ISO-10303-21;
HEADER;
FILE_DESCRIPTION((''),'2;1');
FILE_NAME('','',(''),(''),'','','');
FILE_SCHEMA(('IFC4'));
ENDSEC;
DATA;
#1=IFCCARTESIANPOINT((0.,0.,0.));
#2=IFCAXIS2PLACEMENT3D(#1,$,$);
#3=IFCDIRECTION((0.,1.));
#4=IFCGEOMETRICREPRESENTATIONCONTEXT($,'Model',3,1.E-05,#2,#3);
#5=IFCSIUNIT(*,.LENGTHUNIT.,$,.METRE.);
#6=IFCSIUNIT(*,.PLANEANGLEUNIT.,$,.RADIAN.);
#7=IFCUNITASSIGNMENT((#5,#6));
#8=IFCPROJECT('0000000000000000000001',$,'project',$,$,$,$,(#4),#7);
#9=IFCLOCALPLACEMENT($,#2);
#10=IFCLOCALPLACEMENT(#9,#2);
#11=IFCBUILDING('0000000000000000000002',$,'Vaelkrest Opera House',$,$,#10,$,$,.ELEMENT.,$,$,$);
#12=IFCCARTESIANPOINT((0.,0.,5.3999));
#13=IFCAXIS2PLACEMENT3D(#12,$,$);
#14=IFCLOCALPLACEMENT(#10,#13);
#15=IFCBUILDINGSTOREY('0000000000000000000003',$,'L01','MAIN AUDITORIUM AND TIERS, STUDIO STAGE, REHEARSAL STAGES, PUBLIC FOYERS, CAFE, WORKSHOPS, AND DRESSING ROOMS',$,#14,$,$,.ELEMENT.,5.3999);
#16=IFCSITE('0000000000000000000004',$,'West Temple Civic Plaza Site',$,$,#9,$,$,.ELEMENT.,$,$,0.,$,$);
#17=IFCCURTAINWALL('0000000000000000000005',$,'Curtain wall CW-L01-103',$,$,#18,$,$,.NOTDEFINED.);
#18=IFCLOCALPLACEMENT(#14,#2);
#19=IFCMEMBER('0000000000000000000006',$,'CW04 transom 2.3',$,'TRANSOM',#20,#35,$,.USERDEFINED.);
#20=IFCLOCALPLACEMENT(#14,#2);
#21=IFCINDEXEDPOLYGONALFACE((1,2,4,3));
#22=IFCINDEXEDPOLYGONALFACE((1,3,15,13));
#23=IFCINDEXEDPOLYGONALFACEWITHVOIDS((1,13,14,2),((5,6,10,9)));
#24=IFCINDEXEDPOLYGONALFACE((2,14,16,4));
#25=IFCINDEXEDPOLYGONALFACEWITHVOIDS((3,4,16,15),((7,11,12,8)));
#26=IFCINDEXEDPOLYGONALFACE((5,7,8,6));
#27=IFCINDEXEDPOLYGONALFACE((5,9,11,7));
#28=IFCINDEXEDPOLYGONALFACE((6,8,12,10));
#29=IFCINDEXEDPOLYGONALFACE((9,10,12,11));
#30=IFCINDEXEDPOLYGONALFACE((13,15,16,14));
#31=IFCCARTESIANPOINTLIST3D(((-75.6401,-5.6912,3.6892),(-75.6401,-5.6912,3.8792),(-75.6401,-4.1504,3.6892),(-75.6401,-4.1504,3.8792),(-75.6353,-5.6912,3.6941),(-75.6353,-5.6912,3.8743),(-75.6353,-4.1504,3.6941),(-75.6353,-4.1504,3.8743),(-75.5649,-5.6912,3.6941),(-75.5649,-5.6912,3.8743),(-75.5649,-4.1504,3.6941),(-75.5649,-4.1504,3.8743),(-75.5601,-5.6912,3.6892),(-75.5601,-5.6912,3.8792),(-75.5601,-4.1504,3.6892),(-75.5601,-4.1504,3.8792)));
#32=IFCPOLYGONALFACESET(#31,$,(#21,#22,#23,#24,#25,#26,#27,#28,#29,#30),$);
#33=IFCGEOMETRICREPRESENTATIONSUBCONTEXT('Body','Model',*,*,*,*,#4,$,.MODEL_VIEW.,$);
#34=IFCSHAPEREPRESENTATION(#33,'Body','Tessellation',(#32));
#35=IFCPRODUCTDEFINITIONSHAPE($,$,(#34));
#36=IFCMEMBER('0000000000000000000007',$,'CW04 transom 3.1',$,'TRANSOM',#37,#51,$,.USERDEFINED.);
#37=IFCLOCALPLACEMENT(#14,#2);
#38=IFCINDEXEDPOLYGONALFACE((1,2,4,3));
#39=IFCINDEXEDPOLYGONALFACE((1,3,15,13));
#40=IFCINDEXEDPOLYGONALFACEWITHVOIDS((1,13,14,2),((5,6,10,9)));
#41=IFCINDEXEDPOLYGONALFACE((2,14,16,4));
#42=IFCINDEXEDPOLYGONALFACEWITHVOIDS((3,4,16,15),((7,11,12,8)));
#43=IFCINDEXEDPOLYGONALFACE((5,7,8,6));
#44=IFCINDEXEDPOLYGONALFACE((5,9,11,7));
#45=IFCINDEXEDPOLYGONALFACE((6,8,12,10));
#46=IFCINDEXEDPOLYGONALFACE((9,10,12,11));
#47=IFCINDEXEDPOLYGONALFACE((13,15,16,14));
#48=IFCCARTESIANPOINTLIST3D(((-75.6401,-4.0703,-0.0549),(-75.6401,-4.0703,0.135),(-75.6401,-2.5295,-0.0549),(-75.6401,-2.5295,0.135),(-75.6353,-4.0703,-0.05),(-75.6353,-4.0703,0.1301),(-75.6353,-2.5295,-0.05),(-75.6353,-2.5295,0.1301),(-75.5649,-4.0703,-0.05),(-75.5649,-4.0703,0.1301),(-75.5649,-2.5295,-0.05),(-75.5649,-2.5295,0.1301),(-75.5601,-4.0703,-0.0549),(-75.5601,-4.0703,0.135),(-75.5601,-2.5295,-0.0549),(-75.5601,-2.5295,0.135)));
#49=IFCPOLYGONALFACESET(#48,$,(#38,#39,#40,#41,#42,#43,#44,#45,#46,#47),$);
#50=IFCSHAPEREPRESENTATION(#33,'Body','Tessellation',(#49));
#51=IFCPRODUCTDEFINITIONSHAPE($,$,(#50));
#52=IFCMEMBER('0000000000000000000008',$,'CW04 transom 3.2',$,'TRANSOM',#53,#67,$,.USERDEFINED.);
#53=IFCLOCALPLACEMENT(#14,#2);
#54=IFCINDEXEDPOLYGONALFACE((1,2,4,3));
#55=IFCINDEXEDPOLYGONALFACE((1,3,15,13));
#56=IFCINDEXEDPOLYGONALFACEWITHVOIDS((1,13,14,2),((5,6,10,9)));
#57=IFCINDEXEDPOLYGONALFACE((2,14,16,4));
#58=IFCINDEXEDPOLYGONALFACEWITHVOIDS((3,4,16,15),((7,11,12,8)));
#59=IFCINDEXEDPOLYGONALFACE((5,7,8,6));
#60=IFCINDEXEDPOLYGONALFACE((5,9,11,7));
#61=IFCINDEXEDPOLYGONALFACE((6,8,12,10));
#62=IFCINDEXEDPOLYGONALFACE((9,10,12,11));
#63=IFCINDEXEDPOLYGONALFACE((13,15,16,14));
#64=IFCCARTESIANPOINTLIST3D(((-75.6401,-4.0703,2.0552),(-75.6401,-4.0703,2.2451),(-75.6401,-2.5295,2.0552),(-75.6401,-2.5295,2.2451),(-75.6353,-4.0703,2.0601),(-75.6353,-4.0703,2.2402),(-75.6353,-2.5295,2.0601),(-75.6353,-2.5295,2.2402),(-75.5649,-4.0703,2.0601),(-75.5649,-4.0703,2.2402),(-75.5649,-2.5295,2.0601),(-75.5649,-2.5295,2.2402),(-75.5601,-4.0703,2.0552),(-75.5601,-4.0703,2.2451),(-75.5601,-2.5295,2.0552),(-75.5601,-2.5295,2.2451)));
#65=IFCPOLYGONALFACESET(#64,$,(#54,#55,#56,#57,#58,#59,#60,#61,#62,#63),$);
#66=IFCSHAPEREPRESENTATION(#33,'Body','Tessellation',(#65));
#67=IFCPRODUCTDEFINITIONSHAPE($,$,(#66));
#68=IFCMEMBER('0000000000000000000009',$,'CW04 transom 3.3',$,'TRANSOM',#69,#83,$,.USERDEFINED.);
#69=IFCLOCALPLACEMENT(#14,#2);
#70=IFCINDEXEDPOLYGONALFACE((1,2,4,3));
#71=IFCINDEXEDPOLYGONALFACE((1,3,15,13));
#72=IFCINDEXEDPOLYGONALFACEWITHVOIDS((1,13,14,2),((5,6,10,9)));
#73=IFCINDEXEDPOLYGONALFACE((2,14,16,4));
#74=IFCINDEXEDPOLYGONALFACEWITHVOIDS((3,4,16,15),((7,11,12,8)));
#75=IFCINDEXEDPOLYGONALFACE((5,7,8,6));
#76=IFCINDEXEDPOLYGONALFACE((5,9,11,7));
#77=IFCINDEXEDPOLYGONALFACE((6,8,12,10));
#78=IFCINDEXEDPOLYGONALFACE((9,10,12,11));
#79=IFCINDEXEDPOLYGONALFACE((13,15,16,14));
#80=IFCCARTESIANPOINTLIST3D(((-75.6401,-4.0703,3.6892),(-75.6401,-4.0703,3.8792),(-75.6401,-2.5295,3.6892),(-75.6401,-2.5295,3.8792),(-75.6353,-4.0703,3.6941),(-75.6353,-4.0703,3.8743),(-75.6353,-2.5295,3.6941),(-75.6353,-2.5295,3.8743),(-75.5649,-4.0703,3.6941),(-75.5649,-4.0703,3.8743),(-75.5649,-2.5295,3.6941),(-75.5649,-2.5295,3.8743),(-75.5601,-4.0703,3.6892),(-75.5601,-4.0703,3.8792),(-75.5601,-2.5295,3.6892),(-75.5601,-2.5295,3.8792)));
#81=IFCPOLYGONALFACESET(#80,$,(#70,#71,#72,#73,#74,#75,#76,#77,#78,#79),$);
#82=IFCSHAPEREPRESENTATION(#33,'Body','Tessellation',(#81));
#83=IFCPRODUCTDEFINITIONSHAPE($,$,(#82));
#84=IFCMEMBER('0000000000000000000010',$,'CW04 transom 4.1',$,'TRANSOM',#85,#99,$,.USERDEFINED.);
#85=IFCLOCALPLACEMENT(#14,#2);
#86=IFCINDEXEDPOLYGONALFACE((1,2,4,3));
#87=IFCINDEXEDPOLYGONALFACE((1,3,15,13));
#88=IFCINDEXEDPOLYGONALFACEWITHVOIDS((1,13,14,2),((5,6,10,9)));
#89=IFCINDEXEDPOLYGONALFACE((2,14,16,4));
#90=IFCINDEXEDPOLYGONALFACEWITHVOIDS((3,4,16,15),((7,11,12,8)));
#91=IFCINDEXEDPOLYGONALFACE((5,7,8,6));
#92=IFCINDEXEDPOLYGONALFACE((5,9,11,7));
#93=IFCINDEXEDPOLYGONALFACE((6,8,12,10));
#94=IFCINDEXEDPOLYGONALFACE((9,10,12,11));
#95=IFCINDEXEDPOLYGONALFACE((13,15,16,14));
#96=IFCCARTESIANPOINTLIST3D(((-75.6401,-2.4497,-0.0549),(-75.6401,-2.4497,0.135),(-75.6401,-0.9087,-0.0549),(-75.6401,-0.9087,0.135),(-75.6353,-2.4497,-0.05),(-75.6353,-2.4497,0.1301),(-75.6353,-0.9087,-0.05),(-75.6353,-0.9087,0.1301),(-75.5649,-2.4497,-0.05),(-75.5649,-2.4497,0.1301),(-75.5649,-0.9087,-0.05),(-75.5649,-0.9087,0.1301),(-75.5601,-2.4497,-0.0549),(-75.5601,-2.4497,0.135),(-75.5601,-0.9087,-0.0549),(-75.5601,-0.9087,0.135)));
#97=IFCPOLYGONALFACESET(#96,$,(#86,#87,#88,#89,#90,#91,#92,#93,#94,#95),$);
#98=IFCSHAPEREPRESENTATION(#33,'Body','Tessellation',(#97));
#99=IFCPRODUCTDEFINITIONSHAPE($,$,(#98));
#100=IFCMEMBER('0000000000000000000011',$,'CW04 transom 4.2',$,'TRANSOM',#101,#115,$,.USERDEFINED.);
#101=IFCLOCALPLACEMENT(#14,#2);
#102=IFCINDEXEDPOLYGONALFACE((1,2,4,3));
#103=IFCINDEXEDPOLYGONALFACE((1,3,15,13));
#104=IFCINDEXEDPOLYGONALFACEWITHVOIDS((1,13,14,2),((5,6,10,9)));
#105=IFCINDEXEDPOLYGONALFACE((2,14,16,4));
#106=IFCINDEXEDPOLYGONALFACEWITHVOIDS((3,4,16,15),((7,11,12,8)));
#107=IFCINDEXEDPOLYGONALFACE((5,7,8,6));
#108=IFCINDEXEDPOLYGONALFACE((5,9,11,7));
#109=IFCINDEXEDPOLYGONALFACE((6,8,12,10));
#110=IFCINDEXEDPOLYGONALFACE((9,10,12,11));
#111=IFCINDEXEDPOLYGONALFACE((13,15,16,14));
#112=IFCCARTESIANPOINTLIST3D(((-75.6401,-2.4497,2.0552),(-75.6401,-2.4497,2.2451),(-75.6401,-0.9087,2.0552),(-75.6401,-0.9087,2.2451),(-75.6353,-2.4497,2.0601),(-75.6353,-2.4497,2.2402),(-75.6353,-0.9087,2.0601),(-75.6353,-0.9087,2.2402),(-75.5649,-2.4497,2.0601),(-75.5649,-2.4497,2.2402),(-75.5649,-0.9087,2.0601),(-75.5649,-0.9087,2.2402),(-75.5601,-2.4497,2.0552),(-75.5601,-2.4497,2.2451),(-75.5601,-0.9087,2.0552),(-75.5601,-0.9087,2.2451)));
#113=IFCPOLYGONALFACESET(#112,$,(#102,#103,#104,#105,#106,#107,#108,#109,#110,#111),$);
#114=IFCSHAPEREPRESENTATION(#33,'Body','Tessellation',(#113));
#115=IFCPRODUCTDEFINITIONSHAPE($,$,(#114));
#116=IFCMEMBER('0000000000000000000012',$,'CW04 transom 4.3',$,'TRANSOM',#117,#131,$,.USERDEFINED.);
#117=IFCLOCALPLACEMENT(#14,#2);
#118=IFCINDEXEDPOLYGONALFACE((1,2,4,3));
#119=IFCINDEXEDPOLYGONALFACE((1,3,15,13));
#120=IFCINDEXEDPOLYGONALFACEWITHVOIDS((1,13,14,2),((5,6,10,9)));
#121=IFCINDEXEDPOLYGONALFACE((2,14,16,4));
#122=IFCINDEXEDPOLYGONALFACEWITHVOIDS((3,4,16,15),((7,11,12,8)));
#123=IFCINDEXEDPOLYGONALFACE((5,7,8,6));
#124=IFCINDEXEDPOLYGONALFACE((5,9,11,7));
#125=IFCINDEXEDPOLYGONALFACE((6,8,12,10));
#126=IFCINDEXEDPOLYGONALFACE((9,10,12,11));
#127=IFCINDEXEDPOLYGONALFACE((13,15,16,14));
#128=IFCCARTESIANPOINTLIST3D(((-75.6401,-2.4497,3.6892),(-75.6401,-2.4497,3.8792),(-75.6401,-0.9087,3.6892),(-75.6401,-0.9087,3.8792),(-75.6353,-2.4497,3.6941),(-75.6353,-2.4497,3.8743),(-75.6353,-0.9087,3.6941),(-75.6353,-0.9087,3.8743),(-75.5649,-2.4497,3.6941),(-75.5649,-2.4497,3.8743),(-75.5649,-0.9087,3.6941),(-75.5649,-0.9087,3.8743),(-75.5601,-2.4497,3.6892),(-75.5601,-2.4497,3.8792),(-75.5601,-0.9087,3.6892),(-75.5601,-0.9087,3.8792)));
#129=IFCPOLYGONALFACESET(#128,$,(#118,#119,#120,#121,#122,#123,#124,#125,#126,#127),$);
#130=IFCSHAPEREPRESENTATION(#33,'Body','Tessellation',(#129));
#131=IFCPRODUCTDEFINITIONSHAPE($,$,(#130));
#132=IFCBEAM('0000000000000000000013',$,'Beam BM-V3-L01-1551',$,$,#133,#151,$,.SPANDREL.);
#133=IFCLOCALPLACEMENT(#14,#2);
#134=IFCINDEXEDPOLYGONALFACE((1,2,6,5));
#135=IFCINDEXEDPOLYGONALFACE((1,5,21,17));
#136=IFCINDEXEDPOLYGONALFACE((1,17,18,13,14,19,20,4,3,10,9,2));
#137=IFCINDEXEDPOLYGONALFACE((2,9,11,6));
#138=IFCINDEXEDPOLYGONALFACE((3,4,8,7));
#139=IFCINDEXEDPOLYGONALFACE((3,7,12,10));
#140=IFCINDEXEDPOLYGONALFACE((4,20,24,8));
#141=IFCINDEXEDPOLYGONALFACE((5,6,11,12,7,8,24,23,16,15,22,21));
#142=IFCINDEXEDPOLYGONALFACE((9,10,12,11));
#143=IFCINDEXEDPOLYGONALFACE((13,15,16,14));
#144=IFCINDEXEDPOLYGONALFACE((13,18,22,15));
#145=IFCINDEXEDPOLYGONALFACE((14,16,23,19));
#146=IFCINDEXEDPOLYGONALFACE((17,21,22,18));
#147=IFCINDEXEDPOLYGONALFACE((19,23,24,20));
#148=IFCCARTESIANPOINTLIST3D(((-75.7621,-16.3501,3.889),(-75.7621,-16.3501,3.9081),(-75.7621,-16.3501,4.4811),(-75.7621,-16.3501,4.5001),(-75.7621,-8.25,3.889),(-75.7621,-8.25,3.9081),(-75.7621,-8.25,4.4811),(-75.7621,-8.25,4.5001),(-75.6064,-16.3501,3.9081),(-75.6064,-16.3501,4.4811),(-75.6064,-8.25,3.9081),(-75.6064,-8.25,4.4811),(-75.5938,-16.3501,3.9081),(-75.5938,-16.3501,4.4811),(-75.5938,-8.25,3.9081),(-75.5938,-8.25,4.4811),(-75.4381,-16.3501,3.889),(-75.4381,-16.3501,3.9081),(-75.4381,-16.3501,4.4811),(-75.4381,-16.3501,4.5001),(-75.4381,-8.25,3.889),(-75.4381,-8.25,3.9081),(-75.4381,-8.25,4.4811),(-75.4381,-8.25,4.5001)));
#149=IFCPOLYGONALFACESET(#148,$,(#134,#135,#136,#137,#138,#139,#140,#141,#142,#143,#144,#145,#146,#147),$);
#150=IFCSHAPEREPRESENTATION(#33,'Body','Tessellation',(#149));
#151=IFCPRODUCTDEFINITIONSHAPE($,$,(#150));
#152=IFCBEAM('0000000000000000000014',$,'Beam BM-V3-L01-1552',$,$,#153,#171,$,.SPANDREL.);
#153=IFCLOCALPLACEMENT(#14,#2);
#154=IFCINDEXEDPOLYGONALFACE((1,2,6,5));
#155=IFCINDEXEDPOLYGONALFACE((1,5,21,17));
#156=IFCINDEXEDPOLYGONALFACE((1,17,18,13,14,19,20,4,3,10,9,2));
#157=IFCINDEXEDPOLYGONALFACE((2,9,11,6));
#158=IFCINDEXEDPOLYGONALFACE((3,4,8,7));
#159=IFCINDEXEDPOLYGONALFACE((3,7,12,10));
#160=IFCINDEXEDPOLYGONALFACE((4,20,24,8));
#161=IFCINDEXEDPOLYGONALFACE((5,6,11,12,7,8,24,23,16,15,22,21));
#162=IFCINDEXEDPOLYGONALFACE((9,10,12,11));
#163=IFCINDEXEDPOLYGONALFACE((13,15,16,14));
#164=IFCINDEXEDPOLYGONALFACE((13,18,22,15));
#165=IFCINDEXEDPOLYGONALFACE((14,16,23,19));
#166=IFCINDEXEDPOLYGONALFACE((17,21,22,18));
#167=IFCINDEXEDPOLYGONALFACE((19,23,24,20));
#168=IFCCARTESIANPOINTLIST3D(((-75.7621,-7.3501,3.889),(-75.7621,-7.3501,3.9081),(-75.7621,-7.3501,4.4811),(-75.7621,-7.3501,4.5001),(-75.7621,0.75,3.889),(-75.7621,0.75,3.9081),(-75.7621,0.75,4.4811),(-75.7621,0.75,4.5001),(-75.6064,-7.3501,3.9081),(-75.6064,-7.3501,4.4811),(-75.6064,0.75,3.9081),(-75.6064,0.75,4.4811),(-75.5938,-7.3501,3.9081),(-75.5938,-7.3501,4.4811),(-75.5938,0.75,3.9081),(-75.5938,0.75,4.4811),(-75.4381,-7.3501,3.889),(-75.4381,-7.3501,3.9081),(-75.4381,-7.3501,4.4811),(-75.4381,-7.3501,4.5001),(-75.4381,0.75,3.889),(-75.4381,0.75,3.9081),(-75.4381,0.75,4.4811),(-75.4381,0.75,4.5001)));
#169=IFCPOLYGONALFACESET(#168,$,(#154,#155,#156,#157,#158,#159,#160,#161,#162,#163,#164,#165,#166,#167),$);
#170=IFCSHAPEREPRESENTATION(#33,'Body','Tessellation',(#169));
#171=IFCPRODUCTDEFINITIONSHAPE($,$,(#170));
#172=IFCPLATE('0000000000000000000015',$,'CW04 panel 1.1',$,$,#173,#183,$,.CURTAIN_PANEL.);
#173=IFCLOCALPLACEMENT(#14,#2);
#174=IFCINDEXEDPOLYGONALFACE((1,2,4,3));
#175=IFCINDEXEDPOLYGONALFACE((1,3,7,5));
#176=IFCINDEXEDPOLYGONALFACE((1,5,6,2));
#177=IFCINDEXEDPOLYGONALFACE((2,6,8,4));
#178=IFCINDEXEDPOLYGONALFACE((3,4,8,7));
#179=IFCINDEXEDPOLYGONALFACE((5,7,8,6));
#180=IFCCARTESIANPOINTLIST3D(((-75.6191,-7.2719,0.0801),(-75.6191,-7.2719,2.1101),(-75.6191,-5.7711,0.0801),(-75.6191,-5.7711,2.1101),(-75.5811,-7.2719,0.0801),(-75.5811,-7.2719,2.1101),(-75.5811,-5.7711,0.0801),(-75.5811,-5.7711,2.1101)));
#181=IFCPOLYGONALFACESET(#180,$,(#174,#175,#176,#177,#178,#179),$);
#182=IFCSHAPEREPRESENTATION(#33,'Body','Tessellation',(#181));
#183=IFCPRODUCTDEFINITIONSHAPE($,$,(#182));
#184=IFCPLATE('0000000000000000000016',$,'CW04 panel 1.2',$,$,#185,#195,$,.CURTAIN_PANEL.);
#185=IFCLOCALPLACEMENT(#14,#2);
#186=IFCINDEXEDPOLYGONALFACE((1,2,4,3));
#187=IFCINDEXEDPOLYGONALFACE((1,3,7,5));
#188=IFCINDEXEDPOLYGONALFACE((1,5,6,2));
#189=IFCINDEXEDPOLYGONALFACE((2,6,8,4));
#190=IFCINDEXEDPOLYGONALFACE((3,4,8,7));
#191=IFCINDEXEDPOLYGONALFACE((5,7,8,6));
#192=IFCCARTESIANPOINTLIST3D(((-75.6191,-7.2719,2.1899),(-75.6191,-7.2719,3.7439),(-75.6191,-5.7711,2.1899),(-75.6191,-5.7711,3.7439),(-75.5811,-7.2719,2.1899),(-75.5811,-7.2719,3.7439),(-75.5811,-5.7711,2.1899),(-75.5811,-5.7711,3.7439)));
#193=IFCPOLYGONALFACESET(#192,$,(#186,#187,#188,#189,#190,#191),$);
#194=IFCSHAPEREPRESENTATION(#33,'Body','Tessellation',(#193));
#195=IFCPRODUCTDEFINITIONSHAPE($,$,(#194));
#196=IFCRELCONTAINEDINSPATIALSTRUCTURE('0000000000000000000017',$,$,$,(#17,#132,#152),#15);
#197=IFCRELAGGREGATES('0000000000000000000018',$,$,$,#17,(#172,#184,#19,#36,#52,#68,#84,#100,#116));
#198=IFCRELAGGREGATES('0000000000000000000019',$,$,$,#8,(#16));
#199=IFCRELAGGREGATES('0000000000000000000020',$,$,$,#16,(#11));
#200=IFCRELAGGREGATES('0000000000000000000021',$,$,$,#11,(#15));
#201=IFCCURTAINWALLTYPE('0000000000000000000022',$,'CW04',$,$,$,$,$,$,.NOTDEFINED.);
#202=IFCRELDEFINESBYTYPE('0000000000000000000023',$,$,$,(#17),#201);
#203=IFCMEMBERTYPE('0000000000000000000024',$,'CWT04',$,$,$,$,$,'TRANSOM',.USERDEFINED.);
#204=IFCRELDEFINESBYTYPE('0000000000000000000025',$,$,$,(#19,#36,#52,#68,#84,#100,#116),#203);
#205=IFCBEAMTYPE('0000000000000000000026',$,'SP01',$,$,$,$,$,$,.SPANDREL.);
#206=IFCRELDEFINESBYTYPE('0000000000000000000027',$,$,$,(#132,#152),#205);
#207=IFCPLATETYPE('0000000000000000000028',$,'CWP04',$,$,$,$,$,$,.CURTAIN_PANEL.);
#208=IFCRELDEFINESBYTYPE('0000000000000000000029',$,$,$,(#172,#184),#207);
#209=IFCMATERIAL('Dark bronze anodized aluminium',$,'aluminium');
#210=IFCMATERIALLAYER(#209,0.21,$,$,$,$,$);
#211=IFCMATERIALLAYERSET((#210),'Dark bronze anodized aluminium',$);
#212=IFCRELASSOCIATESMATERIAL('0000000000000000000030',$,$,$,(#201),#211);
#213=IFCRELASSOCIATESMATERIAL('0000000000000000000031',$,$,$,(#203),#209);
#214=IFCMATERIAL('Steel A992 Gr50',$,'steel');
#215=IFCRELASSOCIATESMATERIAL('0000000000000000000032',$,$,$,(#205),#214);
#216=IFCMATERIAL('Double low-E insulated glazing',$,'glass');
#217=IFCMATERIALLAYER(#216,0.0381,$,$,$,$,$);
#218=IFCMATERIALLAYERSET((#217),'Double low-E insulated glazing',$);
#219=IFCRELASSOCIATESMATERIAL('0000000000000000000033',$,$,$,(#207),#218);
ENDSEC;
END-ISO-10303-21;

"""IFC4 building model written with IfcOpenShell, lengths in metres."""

from ifc_helpers import new_model, si_unit, direction, frame, origin, origin_2d, place, context, subcontext, project, spatial, rectangle, hollow_rectangle, i_section, extrude, material, layer, layer_set, material_profile, profile_set, type_object, element, aggregate, save


model = new_model("IFC4")

# Units and contexts
model_context = context("Model", 3, precision=1e-05, world=origin(), true_north=direction((0.0, 1.0)))
body_context = subcontext(model_context, "Body", "Model", "MODEL_VIEW")
ifc_project = project(units=[si_unit("LENGTHUNIT", "METRE"), si_unit("PLANEANGLEUNIT", "RADIAN")], contexts=[model_context])

# Site, building, storey
site_placement = place(None, origin())
site = spatial("IfcSite", under=ifc_project, at=site_placement, Name="West Temple Civic Plaza Site", CompositionType="ELEMENT", RefElevation=0.0)
building_placement = place(site_placement, origin())
building = spatial("IfcBuilding", under=site, at=building_placement, Name="Vaelkrest Opera House", CompositionType="ELEMENT")
storey_placement = place(building_placement, frame((0.0, 0.0, 5.3999)))
storey = spatial("IfcBuildingStorey", under=building, at=storey_placement, Name="L01", Description="MAIN AUDITORIUM AND TIERS, STUDIO STAGE, REHEARSAL STAGES, PUBLIC FOYERS, CAFE, WORKSHOPS, AND DRESSING ROOMS", CompositionType="ELEMENT", Elevation=5.3999)

# Curtain wall, members
ifc_material_1 = material(Name="Dark bronze anodized aluminium", Category="aluminium")
ifc_layer_1 = layer(ifc_material_1, 0.21)
ifc_layer_set_1 = layer_set([ifc_layer_1], Name="Dark bronze anodized aluminium")
curtain_wall_type = type_object("IfcCurtainWallType", Name="CW04", PredefinedType="NOTDEFINED", material=ifc_layer_set_1)
curtain_wall_placement = place(storey_placement, origin())
curtain_wall = element("IfcCurtainWall", 1, at=curtain_wall_placement, inside=storey, type_object=curtain_wall_type, Name="Curtain wall CW-L01-103", PredefinedType="NOTDEFINED")
ifc_material_profile_1 = material_profile(ifc_material_1, hollow_rectangle(XDim=0.0801, YDim=0.1899, WallThickness=0.0049, at=origin_2d()), Name="CWT80X190")
ifc_profile_set_1 = profile_set([ifc_material_profile_1], Name="Dark bronze anodized aluminium")
member_type_1 = type_object("IfcMemberType", Name="CWT04", ElementType="TRANSOM", PredefinedType="USERDEFINED", material=ifc_profile_set_1)
member_1_placement = place(storey_placement, frame((-75.6001, -5.6912, 3.7842), z_axis=(0.0, 1.0, 0.0), x_axis=(-1.0, 0.0, 0.0)))
member_1 = element("IfcMember", 2, at=member_1_placement, type_object=member_type_1, Name="CW04 transom 2.3", ObjectType="TRANSOM", PredefinedType="USERDEFINED", context=body_context, shape_type="SweptSolid", body=[
    extrude(hollow_rectangle(XDim=0.0801, YDim=0.1899, WallThickness=0.0049, at=origin_2d()), origin(), (0.0, 0.0, 1.0), 1.5408),
])
member_2_placement = place(storey_placement, frame((-75.6001, -4.0703, 0.04), z_axis=(0.0, 1.0, 0.0), x_axis=(-1.0, 0.0, 0.0)))
member_2 = element("IfcMember", 3, at=member_2_placement, type_object=member_type_1, Name="CW04 transom 3.1", ObjectType="TRANSOM", PredefinedType="USERDEFINED", context=body_context, shape_type="SweptSolid", body=[
    extrude(hollow_rectangle(XDim=0.0801, YDim=0.1899, WallThickness=0.0049, at=origin_2d()), origin(), (0.0, 0.0, 1.0), 1.5408),
])
member_3_placement = place(storey_placement, frame((-75.6001, -4.0703, 2.1501), z_axis=(0.0, 1.0, 0.0), x_axis=(-1.0, 0.0, 0.0)))
member_3 = element("IfcMember", 4, at=member_3_placement, type_object=member_type_1, Name="CW04 transom 3.2", ObjectType="TRANSOM", PredefinedType="USERDEFINED", context=body_context, shape_type="SweptSolid", body=[
    extrude(hollow_rectangle(XDim=0.0801, YDim=0.1899, WallThickness=0.0049, at=origin_2d()), origin(), (0.0, 0.0, 1.0), 1.5408),
])
member_4_placement = place(storey_placement, frame((-75.6001, -4.0703, 3.7842), z_axis=(0.0, 1.0, 0.0), x_axis=(-1.0, 0.0, 0.0)))
member_4 = element("IfcMember", 5, at=member_4_placement, type_object=member_type_1, Name="CW04 transom 3.3", ObjectType="TRANSOM", PredefinedType="USERDEFINED", context=body_context, shape_type="SweptSolid", body=[
    extrude(hollow_rectangle(XDim=0.0801, YDim=0.1899, WallThickness=0.0049, at=origin_2d()), origin(), (0.0, 0.0, 1.0), 1.5408),
])
member_5_placement = place(storey_placement, frame((-75.6001, -2.4497, 0.04), z_axis=(0.0, 1.0, 0.0), x_axis=(-1.0, 0.0, 0.0)))
member_5 = element("IfcMember", 6, at=member_5_placement, type_object=member_type_1, Name="CW04 transom 4.1", ObjectType="TRANSOM", PredefinedType="USERDEFINED", context=body_context, shape_type="SweptSolid", body=[
    extrude(hollow_rectangle(XDim=0.0801, YDim=0.1899, WallThickness=0.0049, at=origin_2d()), origin(), (0.0, 0.0, 1.0), 1.541),
])
member_6_placement = place(storey_placement, frame((-75.6001, -2.4497, 2.1501), z_axis=(0.0, 1.0, 0.0), x_axis=(-1.0, 0.0, 0.0)))
member_6 = element("IfcMember", 7, at=member_6_placement, type_object=member_type_1, Name="CW04 transom 4.2", ObjectType="TRANSOM", PredefinedType="USERDEFINED", context=body_context, shape_type="SweptSolid", body=[
    extrude(hollow_rectangle(XDim=0.0801, YDim=0.1899, WallThickness=0.0049, at=origin_2d()), origin(), (0.0, 0.0, 1.0), 1.541),
])
member_7_placement = place(storey_placement, frame((-75.6001, -2.4497, 3.7842), z_axis=(0.0, 1.0, 0.0), x_axis=(-1.0, 0.0, 0.0)))
member_7 = element("IfcMember", 8, at=member_7_placement, type_object=member_type_1, Name="CW04 transom 4.3", ObjectType="TRANSOM", PredefinedType="USERDEFINED", context=body_context, shape_type="SweptSolid", body=[
    extrude(hollow_rectangle(XDim=0.0801, YDim=0.1899, WallThickness=0.0049, at=origin_2d()), origin(), (0.0, 0.0, 1.0), 1.541),
])

# Beams
ifc_material_2 = material(Name="Steel A992 Gr50", Category="steel")
ifc_material_profile_2 = material_profile(ifc_material_2, i_section(OverallWidth=0.324, OverallDepth=0.6111, WebThickness=0.0127, FlangeThickness=0.019, at=origin_2d()), Name="W24X104")
ifc_profile_set_2 = profile_set([ifc_material_profile_2], Name="Steel A992 Gr50")
beam_type = type_object("IfcBeamType", Name="SP01", PredefinedType="SPANDREL", material=ifc_profile_set_2)
for number, where, z_axis, x_axis, name in (
    (9, (-75.6001, -16.3501, 4.1946), (0.0, 1.0, 0.0), (-1.0, 0.0, 0.0), "Beam BM-V3-L01-1551"),
    (10, (-75.6001, -7.3501, 4.1946), (0.0, 1.0, 0.0), (-1.0, 0.0, 0.0), "Beam BM-V3-L01-1552"),
):
    element("IfcBeam", number, at=place(storey_placement, frame(where, z_axis=z_axis, x_axis=x_axis)), inside=storey, type_object=beam_type, Name=name, PredefinedType="SPANDREL", context=body_context, shape_type="SweptSolid", body=[
        extrude(i_section(OverallWidth=0.324, OverallDepth=0.6111, WebThickness=0.0127, FlangeThickness=0.019, at=origin_2d()), origin(), (0.0, 0.0, 1.0), 8.1001),
    ])

# Plates
ifc_material_3 = material(Name="Double low-E insulated glazing", Category="glass")
ifc_layer_2 = layer(ifc_material_3, 0.0381)
ifc_layer_set_2 = layer_set([ifc_layer_2], Name="Double low-E insulated glazing")
plate_type = type_object("IfcPlateType", Name="CWP04", PredefinedType="CURTAIN_PANEL", material=ifc_layer_set_2)
plate_1_placement = place(storey_placement, frame((-75.6001, -6.5215, 0.0801), z_axis=(0.0, 0.0, 1.0), x_axis=(0.0, 1.0, 0.0)))
plate_1 = element("IfcPlate", 11, at=plate_1_placement, type_object=plate_type, Name="CW04 panel 1.1", PredefinedType="CURTAIN_PANEL", context=body_context, shape_type="SweptSolid", body=[
    extrude(rectangle(XDim=1.5007, YDim=0.0381, at=origin_2d()), origin(), (0.0, 0.0, 1.0), 2.03),
])
plate_2_placement = place(storey_placement, frame((-75.6001, -6.5215, 2.1899), z_axis=(0.0, 0.0, 1.0), x_axis=(0.0, 1.0, 0.0)))
plate_2 = element("IfcPlate", 12, at=plate_2_placement, type_object=plate_type, Name="CW04 panel 1.2", PredefinedType="CURTAIN_PANEL", context=body_context, shape_type="SweptSolid", body=[
    extrude(rectangle(XDim=1.5007, YDim=0.0381, at=origin_2d()), origin(), (0.0, 0.0, 1.0), 1.554),
])
aggregate(curtain_wall, [plate_1, plate_2, member_1, member_2, member_3, member_4, member_5, member_6, member_7])

save(model, "model.ifc")
